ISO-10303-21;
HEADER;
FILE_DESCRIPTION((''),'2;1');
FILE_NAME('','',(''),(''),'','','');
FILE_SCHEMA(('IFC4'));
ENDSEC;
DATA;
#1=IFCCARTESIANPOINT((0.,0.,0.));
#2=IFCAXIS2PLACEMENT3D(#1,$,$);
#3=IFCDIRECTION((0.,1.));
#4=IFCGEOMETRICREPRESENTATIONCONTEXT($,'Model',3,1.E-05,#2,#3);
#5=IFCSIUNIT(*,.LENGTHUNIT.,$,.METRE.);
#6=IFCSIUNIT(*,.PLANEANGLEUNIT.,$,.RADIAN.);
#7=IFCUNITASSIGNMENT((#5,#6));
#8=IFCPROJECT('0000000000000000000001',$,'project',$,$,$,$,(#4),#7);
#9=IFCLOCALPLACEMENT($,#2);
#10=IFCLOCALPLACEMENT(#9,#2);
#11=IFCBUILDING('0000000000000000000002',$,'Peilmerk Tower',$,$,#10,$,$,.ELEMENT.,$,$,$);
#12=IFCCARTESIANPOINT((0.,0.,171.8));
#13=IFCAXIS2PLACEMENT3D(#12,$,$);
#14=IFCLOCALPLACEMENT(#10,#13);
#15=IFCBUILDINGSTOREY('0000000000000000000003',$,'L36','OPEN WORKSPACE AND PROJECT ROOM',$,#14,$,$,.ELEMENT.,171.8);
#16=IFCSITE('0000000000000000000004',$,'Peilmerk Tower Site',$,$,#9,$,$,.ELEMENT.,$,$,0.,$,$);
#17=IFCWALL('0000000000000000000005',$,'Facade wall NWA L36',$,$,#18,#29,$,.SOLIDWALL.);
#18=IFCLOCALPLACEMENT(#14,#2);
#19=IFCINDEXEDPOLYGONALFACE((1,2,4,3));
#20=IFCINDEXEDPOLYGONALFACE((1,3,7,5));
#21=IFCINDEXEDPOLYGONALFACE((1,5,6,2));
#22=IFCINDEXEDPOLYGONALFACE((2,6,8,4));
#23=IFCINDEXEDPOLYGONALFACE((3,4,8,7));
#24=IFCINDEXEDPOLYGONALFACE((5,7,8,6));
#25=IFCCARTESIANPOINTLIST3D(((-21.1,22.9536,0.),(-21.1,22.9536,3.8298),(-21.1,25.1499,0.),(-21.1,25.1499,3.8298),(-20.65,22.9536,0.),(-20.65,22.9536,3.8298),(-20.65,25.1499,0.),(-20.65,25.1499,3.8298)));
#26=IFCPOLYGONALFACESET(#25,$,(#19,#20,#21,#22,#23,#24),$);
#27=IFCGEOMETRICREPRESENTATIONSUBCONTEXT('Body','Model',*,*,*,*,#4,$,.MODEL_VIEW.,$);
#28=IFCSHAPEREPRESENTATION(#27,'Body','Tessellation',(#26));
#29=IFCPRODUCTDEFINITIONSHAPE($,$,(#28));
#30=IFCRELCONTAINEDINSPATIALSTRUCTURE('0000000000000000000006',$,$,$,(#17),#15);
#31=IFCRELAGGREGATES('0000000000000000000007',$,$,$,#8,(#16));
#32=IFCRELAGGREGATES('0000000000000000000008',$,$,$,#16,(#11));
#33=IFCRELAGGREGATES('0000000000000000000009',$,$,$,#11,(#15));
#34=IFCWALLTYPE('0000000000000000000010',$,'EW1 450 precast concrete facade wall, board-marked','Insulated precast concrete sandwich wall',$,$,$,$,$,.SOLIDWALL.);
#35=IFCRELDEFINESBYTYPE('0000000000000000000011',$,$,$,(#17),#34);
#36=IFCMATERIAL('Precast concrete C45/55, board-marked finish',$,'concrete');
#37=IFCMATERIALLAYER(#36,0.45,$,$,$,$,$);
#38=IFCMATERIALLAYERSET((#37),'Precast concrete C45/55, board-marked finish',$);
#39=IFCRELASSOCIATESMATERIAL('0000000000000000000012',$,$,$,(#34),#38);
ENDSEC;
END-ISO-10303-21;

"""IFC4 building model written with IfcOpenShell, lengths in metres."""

from ifc_helpers import new_model, si_unit, direction, frame, frame_2d, origin, place, context, subcontext, project, spatial, rectangle, extrude, material, layer, layer_set, type_object, element, save


model = new_model("IFC4")

# Units and contexts
model_context = context("Model", 3, precision=1e-05, world=origin(), true_north=direction((0.0, 1.0)))
body_context = subcontext(model_context, "Body", "Model", "MODEL_VIEW")
ifc_project = project(units=[si_unit("LENGTHUNIT", "METRE"), si_unit("PLANEANGLEUNIT", "RADIAN")], contexts=[model_context])

# Site, building, storey
site_placement = place(None, origin())
site = spatial("IfcSite", under=ifc_project, at=site_placement, Name="Peilmerk Tower Site", CompositionType="ELEMENT", RefElevation=0.0)
building_placement = place(site_placement, origin())
building = spatial("IfcBuilding", under=site, at=building_placement, Name="Peilmerk Tower", CompositionType="ELEMENT")
storey_placement = place(building_placement, frame((0.0, 0.0, 171.8)))
storey = spatial("IfcBuildingStorey", under=building, at=storey_placement, Name="L36", Description="OPEN WORKSPACE AND PROJECT ROOM", CompositionType="ELEMENT", Elevation=171.8)

# Shared definitions
ifc_material_1 = material(Name="Precast concrete C45/55, board-marked finish", Category="concrete")
ifc_layer_1 = layer(ifc_material_1, 0.45)
ifc_layer_set_1 = layer_set([ifc_layer_1], Name="Precast concrete C45/55, board-marked finish")
wall_type = type_object("IfcWallType", Name="EW1 450 precast concrete facade wall, board-marked", Description="Insulated precast concrete sandwich wall", PredefinedType="SOLIDWALL", material=ifc_layer_set_1)

# Wall
wall_1_placement = place(storey_placement, frame((-20.875, 22.9536, 0.0), z_axis=(0.0, 0.0, 1.0), x_axis=(0.0, 1.0, 0.0)))
element("IfcWall", 1, at=wall_1_placement, inside=storey, type_object=wall_type, Name="Facade wall NWA L36", PredefinedType="SOLIDWALL", context=body_context, shape_type="SweptSolid", body=[
    extrude(rectangle(XDim=2.1963, YDim=0.45, at=frame_2d((1.0981, 0.0))), origin(), (0.0, 0.0, 1.0), 3.8298),
])

save(model, "model.ifc")
